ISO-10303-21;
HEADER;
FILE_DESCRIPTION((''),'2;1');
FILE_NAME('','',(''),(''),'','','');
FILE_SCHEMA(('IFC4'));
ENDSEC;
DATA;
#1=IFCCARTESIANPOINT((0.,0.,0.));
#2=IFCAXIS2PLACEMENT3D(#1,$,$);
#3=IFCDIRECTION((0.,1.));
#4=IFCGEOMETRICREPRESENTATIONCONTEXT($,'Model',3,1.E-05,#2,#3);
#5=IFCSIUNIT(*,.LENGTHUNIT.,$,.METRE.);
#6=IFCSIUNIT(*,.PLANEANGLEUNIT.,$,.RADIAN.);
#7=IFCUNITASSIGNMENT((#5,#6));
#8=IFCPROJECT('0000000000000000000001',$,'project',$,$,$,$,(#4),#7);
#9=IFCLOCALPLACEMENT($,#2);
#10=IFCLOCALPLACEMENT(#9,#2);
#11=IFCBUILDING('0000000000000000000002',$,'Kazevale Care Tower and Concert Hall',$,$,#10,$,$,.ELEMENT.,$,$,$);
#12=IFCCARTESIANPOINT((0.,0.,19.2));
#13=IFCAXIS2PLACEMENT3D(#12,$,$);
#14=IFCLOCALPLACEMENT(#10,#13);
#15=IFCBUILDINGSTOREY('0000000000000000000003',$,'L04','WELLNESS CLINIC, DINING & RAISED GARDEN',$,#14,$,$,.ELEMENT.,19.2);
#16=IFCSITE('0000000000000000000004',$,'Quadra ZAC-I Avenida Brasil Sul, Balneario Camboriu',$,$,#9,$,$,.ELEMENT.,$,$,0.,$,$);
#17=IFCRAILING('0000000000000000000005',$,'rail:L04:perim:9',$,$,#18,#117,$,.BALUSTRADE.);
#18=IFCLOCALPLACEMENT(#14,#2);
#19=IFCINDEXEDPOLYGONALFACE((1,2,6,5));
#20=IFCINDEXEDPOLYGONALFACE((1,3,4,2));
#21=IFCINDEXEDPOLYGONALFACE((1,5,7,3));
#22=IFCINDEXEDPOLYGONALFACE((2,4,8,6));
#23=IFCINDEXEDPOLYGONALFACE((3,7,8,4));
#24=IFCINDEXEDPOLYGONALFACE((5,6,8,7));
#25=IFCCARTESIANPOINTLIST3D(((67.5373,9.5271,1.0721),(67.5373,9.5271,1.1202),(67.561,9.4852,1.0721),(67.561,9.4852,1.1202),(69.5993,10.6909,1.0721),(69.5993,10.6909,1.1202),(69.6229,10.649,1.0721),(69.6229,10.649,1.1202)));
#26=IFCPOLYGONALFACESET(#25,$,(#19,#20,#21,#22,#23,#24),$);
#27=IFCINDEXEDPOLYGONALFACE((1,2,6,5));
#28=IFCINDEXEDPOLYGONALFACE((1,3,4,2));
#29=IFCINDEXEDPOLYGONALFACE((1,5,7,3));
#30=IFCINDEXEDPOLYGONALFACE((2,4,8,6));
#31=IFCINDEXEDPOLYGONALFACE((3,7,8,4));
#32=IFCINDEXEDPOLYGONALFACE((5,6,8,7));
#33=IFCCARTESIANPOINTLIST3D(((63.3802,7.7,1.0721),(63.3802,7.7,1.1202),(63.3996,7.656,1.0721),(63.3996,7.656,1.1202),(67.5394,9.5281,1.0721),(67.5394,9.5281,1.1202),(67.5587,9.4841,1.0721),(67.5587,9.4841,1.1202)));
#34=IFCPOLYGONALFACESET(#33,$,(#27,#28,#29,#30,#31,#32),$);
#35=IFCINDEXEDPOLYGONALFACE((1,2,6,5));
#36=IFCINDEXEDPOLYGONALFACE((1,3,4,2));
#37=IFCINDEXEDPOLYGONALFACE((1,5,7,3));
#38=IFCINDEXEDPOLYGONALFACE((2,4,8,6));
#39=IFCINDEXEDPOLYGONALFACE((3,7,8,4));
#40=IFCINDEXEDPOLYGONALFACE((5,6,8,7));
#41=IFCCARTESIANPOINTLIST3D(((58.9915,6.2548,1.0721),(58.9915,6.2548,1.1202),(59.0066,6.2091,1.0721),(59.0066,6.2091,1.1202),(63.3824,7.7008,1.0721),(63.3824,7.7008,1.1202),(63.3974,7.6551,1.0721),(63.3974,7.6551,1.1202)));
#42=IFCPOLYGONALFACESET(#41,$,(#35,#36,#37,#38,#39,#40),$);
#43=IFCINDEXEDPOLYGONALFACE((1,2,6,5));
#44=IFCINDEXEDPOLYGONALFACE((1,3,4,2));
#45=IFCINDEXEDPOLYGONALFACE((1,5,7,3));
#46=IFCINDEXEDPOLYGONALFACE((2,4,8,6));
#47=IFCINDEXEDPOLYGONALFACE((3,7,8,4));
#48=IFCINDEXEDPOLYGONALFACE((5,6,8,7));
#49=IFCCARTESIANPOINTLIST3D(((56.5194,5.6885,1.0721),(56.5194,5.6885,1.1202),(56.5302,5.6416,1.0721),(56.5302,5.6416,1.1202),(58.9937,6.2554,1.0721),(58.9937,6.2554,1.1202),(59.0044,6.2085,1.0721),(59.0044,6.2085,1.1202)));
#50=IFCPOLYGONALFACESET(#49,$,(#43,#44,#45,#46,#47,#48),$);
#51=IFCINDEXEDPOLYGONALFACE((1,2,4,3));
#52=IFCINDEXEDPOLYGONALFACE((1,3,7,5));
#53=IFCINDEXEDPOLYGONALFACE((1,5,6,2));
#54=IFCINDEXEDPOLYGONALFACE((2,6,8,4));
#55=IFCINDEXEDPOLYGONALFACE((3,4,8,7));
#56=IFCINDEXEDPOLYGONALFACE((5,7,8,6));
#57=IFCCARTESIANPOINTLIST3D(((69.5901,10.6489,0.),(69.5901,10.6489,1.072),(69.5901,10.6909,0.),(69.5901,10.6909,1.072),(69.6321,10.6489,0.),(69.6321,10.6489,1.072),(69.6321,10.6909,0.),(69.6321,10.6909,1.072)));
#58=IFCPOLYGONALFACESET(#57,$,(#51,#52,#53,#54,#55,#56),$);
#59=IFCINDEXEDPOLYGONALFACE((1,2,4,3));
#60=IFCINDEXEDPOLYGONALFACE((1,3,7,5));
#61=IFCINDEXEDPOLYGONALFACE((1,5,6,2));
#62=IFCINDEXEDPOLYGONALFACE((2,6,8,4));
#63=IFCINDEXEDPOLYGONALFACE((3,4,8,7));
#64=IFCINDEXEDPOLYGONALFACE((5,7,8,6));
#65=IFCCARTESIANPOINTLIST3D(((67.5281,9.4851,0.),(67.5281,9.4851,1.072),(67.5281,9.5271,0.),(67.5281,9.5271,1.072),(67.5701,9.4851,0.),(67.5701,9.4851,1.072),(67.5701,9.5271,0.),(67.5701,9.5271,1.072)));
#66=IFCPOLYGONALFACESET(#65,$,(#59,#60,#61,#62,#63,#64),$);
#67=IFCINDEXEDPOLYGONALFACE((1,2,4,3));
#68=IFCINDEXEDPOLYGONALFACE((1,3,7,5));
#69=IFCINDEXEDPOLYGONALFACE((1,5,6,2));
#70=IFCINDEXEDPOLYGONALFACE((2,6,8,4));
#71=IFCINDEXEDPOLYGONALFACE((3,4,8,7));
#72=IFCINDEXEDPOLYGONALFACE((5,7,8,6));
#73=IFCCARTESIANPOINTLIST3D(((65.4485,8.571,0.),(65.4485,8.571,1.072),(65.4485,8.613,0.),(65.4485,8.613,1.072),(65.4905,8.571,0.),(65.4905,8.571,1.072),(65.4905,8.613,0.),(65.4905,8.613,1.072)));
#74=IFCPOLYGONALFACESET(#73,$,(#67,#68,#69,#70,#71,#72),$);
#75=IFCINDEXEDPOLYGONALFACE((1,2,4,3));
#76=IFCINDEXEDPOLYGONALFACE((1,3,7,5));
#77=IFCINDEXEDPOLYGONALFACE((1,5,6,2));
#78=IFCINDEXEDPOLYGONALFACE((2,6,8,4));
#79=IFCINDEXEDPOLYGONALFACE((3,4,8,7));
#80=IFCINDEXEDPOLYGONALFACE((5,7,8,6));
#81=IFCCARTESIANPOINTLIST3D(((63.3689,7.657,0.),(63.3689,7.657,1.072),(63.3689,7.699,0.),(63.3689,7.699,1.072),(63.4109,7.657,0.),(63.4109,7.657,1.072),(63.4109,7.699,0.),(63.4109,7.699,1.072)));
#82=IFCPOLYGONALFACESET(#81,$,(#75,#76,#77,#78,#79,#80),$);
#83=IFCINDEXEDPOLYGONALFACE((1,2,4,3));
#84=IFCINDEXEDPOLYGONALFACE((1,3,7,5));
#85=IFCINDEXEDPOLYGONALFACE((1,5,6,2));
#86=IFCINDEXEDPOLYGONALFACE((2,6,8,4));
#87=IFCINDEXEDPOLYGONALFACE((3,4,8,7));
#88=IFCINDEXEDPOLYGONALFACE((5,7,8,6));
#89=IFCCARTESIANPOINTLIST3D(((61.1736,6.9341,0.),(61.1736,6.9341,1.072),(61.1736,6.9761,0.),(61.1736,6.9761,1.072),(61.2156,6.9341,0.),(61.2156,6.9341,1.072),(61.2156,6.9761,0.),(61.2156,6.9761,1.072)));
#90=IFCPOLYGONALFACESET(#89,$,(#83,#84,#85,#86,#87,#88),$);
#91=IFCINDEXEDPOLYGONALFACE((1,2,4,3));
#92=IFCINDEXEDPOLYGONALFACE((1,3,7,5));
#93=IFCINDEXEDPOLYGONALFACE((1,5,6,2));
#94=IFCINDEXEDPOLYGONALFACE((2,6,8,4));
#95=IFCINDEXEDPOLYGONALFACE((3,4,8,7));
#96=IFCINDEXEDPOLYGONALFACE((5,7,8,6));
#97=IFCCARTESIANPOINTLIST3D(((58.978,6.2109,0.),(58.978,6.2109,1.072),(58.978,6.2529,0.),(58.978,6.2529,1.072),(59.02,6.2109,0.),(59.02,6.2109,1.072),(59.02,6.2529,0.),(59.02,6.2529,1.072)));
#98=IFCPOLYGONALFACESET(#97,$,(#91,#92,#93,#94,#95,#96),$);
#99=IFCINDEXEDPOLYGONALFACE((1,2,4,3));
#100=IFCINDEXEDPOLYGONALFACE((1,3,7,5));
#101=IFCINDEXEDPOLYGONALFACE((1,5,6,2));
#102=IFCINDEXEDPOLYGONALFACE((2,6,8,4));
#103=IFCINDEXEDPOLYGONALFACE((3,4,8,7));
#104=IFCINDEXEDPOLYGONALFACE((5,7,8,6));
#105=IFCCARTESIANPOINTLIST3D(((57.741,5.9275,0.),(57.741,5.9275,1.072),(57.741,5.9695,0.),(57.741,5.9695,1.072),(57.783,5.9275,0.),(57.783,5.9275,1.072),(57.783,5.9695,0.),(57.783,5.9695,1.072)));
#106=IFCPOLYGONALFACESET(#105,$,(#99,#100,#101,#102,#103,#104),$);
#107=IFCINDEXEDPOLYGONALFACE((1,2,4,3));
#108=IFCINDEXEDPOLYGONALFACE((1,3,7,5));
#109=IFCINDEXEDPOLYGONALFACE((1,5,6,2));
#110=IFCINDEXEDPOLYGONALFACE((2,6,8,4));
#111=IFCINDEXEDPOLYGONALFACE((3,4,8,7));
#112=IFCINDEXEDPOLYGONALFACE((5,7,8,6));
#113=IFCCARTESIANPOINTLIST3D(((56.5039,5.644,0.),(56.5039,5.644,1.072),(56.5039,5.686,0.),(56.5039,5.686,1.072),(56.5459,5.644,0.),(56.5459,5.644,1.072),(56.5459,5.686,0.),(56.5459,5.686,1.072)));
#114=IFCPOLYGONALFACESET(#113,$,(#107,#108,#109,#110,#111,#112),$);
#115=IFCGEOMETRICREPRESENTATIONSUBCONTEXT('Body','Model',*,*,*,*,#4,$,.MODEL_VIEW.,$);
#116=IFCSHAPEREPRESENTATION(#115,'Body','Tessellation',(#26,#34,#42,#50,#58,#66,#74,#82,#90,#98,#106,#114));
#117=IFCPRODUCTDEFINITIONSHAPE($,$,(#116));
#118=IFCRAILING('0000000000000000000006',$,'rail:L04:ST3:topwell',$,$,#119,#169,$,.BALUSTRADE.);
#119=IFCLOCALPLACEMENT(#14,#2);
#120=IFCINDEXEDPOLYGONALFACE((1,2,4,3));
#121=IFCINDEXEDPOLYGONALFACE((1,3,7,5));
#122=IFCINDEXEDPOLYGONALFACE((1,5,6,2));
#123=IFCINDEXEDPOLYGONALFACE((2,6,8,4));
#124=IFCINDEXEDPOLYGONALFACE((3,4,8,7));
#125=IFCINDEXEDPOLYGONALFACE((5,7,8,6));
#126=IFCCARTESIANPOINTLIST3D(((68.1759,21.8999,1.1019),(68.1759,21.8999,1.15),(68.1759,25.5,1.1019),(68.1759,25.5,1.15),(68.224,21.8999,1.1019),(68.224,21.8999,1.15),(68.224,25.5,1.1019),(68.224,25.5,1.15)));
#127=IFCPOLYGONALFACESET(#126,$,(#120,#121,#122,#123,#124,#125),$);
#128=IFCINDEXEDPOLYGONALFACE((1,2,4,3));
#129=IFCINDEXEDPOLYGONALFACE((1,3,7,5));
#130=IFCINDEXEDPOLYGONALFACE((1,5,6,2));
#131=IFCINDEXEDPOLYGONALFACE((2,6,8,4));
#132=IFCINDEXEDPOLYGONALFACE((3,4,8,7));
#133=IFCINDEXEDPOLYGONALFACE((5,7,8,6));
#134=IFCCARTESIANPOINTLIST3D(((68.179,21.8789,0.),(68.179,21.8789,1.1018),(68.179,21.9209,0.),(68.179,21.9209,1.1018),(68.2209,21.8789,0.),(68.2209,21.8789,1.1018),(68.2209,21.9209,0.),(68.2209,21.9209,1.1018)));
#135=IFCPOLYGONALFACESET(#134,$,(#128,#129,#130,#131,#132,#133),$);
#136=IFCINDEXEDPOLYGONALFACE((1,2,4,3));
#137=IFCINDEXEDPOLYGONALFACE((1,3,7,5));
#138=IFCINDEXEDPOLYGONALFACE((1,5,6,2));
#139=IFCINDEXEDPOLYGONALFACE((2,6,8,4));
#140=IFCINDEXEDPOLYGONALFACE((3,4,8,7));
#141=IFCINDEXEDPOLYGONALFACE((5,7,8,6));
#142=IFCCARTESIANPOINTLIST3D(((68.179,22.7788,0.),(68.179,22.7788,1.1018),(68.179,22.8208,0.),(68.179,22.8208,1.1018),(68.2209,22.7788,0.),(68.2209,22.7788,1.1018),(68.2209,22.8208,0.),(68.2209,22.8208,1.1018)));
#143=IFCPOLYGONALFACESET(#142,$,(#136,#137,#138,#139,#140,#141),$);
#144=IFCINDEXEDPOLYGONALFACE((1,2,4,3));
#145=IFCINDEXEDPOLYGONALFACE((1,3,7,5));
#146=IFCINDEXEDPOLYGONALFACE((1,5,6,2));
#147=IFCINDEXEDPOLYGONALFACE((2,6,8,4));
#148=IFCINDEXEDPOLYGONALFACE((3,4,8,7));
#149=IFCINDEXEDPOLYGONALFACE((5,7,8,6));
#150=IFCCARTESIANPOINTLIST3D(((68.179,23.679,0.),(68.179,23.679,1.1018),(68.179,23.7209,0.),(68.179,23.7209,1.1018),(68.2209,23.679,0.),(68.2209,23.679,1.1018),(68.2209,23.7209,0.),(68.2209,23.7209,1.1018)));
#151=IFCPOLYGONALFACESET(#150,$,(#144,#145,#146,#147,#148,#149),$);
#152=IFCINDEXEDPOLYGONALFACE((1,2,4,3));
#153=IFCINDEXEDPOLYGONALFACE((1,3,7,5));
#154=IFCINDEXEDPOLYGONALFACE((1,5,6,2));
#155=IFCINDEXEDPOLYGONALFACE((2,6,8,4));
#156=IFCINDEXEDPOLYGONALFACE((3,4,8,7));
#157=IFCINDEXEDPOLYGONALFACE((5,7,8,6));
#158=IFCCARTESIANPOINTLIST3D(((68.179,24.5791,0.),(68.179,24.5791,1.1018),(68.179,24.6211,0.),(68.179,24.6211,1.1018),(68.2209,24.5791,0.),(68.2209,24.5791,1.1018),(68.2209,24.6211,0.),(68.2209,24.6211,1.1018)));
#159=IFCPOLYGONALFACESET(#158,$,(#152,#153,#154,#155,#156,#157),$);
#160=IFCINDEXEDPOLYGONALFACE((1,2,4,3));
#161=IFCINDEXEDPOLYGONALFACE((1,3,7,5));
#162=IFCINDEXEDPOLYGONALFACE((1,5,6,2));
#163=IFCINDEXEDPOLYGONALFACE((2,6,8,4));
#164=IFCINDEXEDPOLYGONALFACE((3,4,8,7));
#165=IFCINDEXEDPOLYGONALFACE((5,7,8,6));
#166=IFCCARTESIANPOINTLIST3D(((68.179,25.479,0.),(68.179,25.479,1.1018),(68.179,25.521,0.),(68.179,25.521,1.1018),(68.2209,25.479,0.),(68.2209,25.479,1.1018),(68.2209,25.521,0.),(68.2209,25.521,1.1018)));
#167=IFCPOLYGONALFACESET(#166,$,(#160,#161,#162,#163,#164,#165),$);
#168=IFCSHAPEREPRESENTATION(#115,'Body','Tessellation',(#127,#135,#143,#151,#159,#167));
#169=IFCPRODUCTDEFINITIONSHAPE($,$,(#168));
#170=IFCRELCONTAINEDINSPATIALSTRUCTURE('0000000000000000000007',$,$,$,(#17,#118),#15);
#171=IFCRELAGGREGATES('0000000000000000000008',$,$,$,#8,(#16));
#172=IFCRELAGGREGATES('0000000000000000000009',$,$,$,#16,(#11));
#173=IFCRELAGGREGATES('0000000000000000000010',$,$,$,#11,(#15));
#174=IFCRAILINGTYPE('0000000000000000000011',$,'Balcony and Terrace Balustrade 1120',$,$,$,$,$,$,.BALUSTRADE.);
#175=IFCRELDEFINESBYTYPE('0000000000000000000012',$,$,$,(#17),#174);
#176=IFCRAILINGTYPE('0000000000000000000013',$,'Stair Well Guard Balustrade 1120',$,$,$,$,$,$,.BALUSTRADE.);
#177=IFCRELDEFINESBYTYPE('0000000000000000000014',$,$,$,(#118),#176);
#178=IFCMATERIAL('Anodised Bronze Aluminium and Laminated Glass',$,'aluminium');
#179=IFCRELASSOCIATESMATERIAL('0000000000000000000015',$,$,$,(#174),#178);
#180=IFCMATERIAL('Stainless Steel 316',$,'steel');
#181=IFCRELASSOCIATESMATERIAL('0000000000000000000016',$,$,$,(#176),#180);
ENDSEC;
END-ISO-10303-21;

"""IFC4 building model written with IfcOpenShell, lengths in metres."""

from ifc_helpers import new_model, si_unit, direction, frame, origin, origin_2d, place, context, subcontext, project, spatial, rectangle, extrude, material, type_object, element, save


model = new_model("IFC4")

# Units and contexts
model_context = context("Model", 3, precision=1e-05, world=origin(), true_north=direction((0.0, 1.0)))
body_context = subcontext(model_context, "Body", "Model", "MODEL_VIEW")
ifc_project = project(units=[si_unit("LENGTHUNIT", "METRE"), si_unit("PLANEANGLEUNIT", "RADIAN")], contexts=[model_context])

# Site, building, storey
site_placement = place(None, origin())
site = spatial("IfcSite", under=ifc_project, at=site_placement, Name="Quadra ZAC-I Avenida Brasil Sul, Balneario Camboriu", CompositionType="ELEMENT", RefElevation=0.0)
building_placement = place(site_placement, origin())
building = spatial("IfcBuilding", under=site, at=building_placement, Name="Kazevale Care Tower and Concert Hall", CompositionType="ELEMENT")
storey_placement = place(building_placement, frame((0.0, 0.0, 19.2)))
storey = spatial("IfcBuildingStorey", under=building, at=storey_placement, Name="L04", Description="WELLNESS CLINIC, DINING & RAISED GARDEN", CompositionType="ELEMENT", Elevation=19.2)

# Railings
ifc_material_1 = material(Name="Anodised Bronze Aluminium and Laminated Glass", Category="aluminium")
railing_type_1 = type_object("IfcRailingType", Name="Balcony and Terrace Balustrade 1120", PredefinedType="BALUSTRADE", material=ifc_material_1)
railing_1_placement = place(storey_placement, frame((69.6111, 10.6699, 0.0)))
element("IfcRailing", 1, at=railing_1_placement, inside=storey, type_object=railing_type_1, Name="rail:L04:perim:9", PredefinedType="BALUSTRADE", context=body_context, shape_type="SweptSolid", body=[
    extrude(rectangle(XDim=0.0481, YDim=0.0481, at=origin_2d()), frame((0.0, 0.0, 1.0962), z_axis=(-0.870864, -0.491524, 0.0), x_axis=(0.491524, -0.870864, 0.0)), (0.0, 0.0, 1.0), 2.3677),
    extrude(rectangle(XDim=0.0481, YDim=0.0481, at=origin_2d()), frame((-2.062, -1.1638, 1.0962), z_axis=(-0.91547, -0.402386, 0.0), x_axis=(0.402386, -0.91547, 0.0)), (0.0, 0.0, 1.0), 4.5432),
    extrude(rectangle(XDim=0.0481, YDim=0.0481, at=origin_2d()), frame((-6.2212, -2.9919, 1.0962), z_axis=(-0.949818, -0.312804, 0.0), x_axis=(0.312804, -0.949818, 0.0)), (0.0, 0.0, 1.0), 4.6228),
    extrude(rectangle(XDim=0.0481, YDim=0.0481, at=origin_2d()), frame((-10.6121, -4.438, 1.0962), z_axis=(-0.97474, -0.223342, 0.0), x_axis=(0.223342, -0.97474, 0.0)), (0.0, 0.0, 1.0), 2.5383),
    extrude(rectangle(XDim=0.042, YDim=0.042, at=origin_2d()), origin(), (0.0, 0.0, 1.0), 1.072),
    extrude(rectangle(XDim=0.042, YDim=0.042, at=origin_2d()), frame((-2.062, -1.1638, 0.0)), (0.0, 0.0, 1.0), 1.072),
    extrude(rectangle(XDim=0.042, YDim=0.042, at=origin_2d()), frame((-4.1416, -2.0779, 0.0)), (0.0, 0.0, 1.0), 1.072),
    extrude(rectangle(XDim=0.042, YDim=0.042, at=origin_2d()), frame((-6.2212, -2.9919, 0.0)), (0.0, 0.0, 1.0), 1.072),
    extrude(rectangle(XDim=0.042, YDim=0.042, at=origin_2d()), frame((-8.4165, -3.7148, 0.0)), (0.0, 0.0, 1.0), 1.072),
    extrude(rectangle(XDim=0.042, YDim=0.042, at=origin_2d()), frame((-10.6121, -4.438, 0.0)), (0.0, 0.0, 1.0), 1.072),
    extrude(rectangle(XDim=0.042, YDim=0.042, at=origin_2d()), frame((-11.8491, -4.7214, 0.0)), (0.0, 0.0, 1.0), 1.072),
    extrude(rectangle(XDim=0.042, YDim=0.042, at=origin_2d()), frame((-13.0862, -5.0049, 0.0)), (0.0, 0.0, 1.0), 1.072),
])
ifc_material_2 = material(Name="Stainless Steel 316", Category="steel")
railing_type_2 = type_object("IfcRailingType", Name="Stair Well Guard Balustrade 1120", PredefinedType="BALUSTRADE", material=ifc_material_2)
railing_2_placement = place(storey_placement, frame((68.2, 21.8999, 0.0)))
element("IfcRailing", 2, at=railing_2_placement, inside=storey, type_object=railing_type_2, Name="rail:L04:ST3:topwell", PredefinedType="BALUSTRADE", context=body_context, shape_type="SweptSolid", body=[
    extrude(rectangle(XDim=0.0481, YDim=0.0481, at=origin_2d()), frame((0.0, 0.0, 1.126), z_axis=(0.0, 1.0, 0.0), x_axis=(-1.0, 0.0, 0.0)), (0.0, 0.0, 1.0), 3.6001),
    extrude(rectangle(XDim=0.042, YDim=0.042, at=origin_2d()), origin(), (0.0, 0.0, 1.0), 1.1018),
    extrude(rectangle(XDim=0.042, YDim=0.042, at=origin_2d()), frame((0.0, 0.8999, 0.0)), (0.0, 0.0, 1.0), 1.1018),
    extrude(rectangle(XDim=0.042, YDim=0.042, at=origin_2d()), frame((0.0, 1.8, 0.0)), (0.0, 0.0, 1.0), 1.1018),
    extrude(rectangle(XDim=0.042, YDim=0.042, at=origin_2d()), frame((0.0, 2.7002, 0.0)), (0.0, 0.0, 1.0), 1.1018),
    extrude(rectangle(XDim=0.042, YDim=0.042, at=origin_2d()), frame((0.0, 3.6001, 0.0)), (0.0, 0.0, 1.0), 1.1018),
])

save(model, "model.ifc")
